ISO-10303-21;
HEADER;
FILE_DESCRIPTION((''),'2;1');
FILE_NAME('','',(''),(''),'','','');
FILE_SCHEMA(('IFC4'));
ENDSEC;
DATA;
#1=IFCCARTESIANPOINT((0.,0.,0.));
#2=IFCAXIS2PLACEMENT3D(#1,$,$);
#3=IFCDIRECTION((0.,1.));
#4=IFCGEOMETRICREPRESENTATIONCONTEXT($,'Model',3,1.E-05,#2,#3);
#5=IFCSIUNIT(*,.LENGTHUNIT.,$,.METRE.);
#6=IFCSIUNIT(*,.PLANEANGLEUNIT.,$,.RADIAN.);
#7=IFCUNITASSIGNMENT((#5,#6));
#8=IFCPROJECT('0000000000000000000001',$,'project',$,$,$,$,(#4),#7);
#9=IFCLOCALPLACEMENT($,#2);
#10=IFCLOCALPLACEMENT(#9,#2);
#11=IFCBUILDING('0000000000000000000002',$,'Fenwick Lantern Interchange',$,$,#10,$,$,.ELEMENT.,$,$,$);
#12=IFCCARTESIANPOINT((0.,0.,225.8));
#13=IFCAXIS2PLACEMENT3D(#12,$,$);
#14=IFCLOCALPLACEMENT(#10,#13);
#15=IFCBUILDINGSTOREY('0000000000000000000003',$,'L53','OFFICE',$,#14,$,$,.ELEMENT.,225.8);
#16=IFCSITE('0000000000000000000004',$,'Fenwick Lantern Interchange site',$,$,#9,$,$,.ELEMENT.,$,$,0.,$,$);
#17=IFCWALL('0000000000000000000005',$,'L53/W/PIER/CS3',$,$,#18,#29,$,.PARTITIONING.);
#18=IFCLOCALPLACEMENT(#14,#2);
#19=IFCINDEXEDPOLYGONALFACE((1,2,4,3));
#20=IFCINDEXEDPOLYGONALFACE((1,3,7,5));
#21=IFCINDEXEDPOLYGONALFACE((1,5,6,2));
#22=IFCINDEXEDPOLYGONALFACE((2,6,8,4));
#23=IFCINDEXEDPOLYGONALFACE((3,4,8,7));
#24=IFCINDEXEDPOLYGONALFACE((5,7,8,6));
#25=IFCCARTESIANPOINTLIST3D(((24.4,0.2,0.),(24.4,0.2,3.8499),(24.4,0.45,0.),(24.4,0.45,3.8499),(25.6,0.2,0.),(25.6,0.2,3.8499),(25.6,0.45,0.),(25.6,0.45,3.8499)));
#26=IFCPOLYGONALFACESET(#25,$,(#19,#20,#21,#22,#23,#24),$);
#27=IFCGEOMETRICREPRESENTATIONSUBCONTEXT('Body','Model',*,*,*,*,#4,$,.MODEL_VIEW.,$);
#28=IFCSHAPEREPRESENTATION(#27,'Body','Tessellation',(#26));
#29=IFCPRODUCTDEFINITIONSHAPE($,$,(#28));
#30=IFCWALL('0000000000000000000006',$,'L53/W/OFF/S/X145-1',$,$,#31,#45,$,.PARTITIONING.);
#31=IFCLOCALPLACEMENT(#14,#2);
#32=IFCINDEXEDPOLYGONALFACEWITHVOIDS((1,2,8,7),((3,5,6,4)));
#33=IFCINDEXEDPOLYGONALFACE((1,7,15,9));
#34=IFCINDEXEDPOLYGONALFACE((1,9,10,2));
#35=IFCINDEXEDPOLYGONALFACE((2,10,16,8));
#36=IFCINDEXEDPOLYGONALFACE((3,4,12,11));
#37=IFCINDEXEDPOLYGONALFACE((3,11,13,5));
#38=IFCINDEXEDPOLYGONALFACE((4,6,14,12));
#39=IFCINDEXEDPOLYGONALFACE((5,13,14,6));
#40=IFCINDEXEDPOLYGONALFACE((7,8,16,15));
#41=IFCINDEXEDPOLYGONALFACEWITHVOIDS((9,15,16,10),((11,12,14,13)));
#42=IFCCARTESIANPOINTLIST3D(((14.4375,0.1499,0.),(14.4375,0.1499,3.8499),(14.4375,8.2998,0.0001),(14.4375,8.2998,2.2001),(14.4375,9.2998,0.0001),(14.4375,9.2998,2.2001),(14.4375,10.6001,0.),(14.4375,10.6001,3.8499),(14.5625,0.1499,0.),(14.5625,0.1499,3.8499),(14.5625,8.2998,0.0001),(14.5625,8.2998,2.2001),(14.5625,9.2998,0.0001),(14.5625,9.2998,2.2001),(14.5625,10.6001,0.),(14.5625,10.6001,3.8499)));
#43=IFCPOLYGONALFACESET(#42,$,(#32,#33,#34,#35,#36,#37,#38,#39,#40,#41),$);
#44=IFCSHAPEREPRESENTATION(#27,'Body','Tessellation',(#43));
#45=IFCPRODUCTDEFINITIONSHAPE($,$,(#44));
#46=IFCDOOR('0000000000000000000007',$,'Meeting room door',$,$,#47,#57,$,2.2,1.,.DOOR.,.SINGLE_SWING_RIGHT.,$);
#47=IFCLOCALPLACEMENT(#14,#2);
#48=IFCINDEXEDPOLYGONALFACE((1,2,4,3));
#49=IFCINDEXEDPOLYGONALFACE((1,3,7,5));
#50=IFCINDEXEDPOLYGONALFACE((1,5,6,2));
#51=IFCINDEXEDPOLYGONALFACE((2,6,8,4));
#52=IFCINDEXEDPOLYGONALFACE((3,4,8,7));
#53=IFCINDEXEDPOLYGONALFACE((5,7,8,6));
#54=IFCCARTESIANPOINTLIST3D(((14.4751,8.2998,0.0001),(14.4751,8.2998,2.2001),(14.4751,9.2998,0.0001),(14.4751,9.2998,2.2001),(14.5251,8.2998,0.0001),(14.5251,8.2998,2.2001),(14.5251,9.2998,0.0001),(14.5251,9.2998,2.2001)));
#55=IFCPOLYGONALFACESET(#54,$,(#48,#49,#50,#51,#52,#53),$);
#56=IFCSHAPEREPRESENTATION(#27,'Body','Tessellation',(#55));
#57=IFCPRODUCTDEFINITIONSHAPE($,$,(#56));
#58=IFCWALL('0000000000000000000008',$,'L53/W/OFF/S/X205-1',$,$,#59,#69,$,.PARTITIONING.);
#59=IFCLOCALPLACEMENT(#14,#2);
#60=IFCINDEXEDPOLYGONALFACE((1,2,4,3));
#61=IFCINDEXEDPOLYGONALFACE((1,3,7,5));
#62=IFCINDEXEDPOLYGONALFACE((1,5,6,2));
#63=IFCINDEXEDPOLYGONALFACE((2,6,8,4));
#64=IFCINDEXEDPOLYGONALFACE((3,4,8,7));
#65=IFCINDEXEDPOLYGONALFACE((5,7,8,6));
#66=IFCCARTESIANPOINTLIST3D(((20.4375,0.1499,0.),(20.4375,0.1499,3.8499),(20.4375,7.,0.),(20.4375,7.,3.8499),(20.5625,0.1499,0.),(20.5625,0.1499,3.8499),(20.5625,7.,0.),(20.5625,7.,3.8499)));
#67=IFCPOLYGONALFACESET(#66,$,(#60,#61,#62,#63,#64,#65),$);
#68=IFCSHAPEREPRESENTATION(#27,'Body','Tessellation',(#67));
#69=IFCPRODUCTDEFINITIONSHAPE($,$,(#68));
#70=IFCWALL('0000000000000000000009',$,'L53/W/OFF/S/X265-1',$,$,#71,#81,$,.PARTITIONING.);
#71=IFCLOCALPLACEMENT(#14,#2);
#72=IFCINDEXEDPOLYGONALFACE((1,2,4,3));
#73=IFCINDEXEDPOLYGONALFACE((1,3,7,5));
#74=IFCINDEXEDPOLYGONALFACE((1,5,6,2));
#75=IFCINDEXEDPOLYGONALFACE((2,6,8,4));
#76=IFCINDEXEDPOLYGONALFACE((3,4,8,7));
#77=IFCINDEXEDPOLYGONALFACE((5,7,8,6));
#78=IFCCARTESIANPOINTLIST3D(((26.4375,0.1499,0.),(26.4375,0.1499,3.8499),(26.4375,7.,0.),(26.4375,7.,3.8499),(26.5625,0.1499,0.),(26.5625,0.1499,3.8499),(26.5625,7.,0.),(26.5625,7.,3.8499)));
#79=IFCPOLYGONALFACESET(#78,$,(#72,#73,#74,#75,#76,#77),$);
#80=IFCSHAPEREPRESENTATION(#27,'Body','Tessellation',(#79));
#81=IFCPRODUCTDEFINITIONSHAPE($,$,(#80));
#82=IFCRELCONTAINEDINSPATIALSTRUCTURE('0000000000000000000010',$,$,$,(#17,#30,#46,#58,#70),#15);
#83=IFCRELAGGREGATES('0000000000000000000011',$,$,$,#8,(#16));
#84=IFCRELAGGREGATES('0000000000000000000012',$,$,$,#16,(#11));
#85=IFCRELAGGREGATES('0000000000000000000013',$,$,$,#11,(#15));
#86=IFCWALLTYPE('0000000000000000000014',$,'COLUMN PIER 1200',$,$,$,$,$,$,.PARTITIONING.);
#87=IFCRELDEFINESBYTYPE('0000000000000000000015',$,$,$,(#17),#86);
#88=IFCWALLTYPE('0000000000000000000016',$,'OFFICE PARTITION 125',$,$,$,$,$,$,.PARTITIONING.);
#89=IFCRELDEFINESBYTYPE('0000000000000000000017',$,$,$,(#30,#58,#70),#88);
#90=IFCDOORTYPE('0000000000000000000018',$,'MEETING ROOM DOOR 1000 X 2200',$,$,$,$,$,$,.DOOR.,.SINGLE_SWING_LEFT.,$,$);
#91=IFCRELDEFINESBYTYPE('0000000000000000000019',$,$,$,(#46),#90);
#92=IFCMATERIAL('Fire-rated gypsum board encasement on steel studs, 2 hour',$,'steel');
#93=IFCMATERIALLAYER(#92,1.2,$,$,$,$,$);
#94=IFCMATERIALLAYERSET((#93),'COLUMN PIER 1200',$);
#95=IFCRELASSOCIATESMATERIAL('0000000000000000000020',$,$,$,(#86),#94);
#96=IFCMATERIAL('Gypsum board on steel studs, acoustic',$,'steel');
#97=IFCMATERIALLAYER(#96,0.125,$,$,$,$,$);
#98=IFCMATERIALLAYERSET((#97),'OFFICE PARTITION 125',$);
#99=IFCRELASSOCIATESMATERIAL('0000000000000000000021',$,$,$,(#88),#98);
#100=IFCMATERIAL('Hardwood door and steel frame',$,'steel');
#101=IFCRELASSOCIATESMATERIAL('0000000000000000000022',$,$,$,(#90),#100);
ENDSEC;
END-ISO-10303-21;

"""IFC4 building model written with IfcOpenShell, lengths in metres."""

from ifc_helpers import new_model, si_unit, direction, frame, frame_2d, origin, place, context, subcontext, project, spatial, rectangle, extrude, material, layer, layer_set, type_object, element, fill, save


model = new_model("IFC4")

# Units and contexts
model_context = context("Model", 3, precision=1e-05, world=origin(), true_north=direction((0.0, 1.0)))
body_context = subcontext(model_context, "Body", "Model", "MODEL_VIEW")
ifc_project = project(units=[si_unit("LENGTHUNIT", "METRE"), si_unit("PLANEANGLEUNIT", "RADIAN")], contexts=[model_context])

# Site, building, storey
site_placement = place(None, origin())
site = spatial("IfcSite", under=ifc_project, at=site_placement, Name="Fenwick Lantern Interchange site", CompositionType="ELEMENT", RefElevation=0.0)
building_placement = place(site_placement, origin())
building = spatial("IfcBuilding", under=site, at=building_placement, Name="Fenwick Lantern Interchange", CompositionType="ELEMENT")
storey_placement = place(building_placement, frame((0.0, 0.0, 225.8)))
storey = spatial("IfcBuildingStorey", under=building, at=storey_placement, Name="L53", Description="OFFICE", CompositionType="ELEMENT", Elevation=225.8)

# Wall
ifc_material_1 = material(Name="Fire-rated gypsum board encasement on steel studs, 2 hour", Category="steel")
ifc_layer_1 = layer(ifc_material_1, 1.2)
ifc_layer_set_1 = layer_set([ifc_layer_1], Name="COLUMN PIER 1200")
wall_type_1 = type_object("IfcWallType", Name="COLUMN PIER 1200", PredefinedType="PARTITIONING", material=ifc_layer_set_1)
wall_1_placement = place(storey_placement, frame((25.0, 0.2, 0.0), z_axis=(0.0, 0.0, 1.0), x_axis=(0.0, 1.0, 0.0)))
element("IfcWall", 1, at=wall_1_placement, inside=storey, type_object=wall_type_1, Name="L53/W/PIER/CS3", PredefinedType="PARTITIONING", context=body_context, shape_type="SweptSolid", body=[
    extrude(rectangle(XDim=0.25, YDim=1.2, at=frame_2d((0.125, 0.0))), origin(), (0.0, 0.0, 1.0), 3.8499),
])

# Wall, opening, door
ifc_material_2 = material(Name="Gypsum board on steel studs, acoustic", Category="steel")
ifc_layer_2 = layer(ifc_material_2, 0.125)
ifc_layer_set_2 = layer_set([ifc_layer_2], Name="OFFICE PARTITION 125")
wall_type_2 = type_object("IfcWallType", Name="OFFICE PARTITION 125", PredefinedType="PARTITIONING", material=ifc_layer_set_2)
wall_2_placement = place(storey_placement, frame((14.5, 0.1499, 0.0), z_axis=(0.0, 0.0, 1.0), x_axis=(0.0, 1.0, 0.0)))
wall_2 = element("IfcWall", 2, at=wall_2_placement, inside=storey, type_object=wall_type_2, Name="L53/W/OFF/S/X145-1", PredefinedType="PARTITIONING", context=body_context, shape_type="SweptSolid", body=[
    extrude(rectangle(XDim=10.4502, YDim=0.125, at=frame_2d((5.2251, 0.0))), origin(), (0.0, 0.0, 1.0), 3.8499),
])
opening_placement = place(wall_2_placement, frame((8.1499, 0.0, 0.0)))
opening = element("IfcOpeningElement", 3, at=opening_placement, cuts=wall_2, PredefinedType="OPENING", context=body_context, shape_type="SweptSolid", body=[
    extrude(rectangle(XDim=1.0, YDim=2.2, at=frame_2d((0.5, 1.1001))), frame((0.0, 0.0725, 0.0), z_axis=(0.0, -1.0, 0.0), x_axis=(1.0, 0.0, 0.0)), (0.0, 0.0, 1.0), 0.145),
])
ifc_material_3 = material(Name="Hardwood door and steel frame", Category="steel")
door_type = type_object("IfcDoorType", Name="MEETING ROOM DOOR 1000 X 2200", OperationType="SINGLE_SWING_LEFT", PredefinedType="DOOR", material=ifc_material_3)
door_placement = place(opening_placement, origin())
door = element("IfcDoor", 4, at=door_placement, inside=storey, type_object=door_type, Name="Meeting room door", OperationType="SINGLE_SWING_RIGHT", OverallHeight=2.2, OverallWidth=1.0, PredefinedType="DOOR", context=body_context, shape_type="SweptSolid", body=[
    extrude(rectangle(XDim=1.0, YDim=2.2, at=frame_2d((0.5, 1.1001))), frame((0.0, 0.0249, 0.0), z_axis=(0.0, -1.0, 0.0), x_axis=(1.0, 0.0, 0.0)), (0.0, 0.0, 1.0), 0.05),
])
fill(opening, door)

# Walls
for number, where, z_axis, x_axis, name in (
    (5, (20.5, 0.1499, 0.0), (0.0, 0.0, 1.0), (0.0, 1.0, 0.0), "L53/W/OFF/S/X205-1"),
    (6, (26.5, 0.1499, 0.0), (0.0, 0.0, 1.0), (0.0, 1.0, 0.0), "L53/W/OFF/S/X265-1"),
):
    element("IfcWall", number, at=place(storey_placement, frame(where, z_axis=z_axis, x_axis=x_axis)), inside=storey, type_object=wall_type_2, Name=name, PredefinedType="PARTITIONING", context=body_context, shape_type="SweptSolid", body=[
        extrude(rectangle(XDim=6.8501, YDim=0.125, at=frame_2d((3.425, 0.0))), origin(), (0.0, 0.0, 1.0), 3.8499),
    ])

save(model, "model.ifc")
